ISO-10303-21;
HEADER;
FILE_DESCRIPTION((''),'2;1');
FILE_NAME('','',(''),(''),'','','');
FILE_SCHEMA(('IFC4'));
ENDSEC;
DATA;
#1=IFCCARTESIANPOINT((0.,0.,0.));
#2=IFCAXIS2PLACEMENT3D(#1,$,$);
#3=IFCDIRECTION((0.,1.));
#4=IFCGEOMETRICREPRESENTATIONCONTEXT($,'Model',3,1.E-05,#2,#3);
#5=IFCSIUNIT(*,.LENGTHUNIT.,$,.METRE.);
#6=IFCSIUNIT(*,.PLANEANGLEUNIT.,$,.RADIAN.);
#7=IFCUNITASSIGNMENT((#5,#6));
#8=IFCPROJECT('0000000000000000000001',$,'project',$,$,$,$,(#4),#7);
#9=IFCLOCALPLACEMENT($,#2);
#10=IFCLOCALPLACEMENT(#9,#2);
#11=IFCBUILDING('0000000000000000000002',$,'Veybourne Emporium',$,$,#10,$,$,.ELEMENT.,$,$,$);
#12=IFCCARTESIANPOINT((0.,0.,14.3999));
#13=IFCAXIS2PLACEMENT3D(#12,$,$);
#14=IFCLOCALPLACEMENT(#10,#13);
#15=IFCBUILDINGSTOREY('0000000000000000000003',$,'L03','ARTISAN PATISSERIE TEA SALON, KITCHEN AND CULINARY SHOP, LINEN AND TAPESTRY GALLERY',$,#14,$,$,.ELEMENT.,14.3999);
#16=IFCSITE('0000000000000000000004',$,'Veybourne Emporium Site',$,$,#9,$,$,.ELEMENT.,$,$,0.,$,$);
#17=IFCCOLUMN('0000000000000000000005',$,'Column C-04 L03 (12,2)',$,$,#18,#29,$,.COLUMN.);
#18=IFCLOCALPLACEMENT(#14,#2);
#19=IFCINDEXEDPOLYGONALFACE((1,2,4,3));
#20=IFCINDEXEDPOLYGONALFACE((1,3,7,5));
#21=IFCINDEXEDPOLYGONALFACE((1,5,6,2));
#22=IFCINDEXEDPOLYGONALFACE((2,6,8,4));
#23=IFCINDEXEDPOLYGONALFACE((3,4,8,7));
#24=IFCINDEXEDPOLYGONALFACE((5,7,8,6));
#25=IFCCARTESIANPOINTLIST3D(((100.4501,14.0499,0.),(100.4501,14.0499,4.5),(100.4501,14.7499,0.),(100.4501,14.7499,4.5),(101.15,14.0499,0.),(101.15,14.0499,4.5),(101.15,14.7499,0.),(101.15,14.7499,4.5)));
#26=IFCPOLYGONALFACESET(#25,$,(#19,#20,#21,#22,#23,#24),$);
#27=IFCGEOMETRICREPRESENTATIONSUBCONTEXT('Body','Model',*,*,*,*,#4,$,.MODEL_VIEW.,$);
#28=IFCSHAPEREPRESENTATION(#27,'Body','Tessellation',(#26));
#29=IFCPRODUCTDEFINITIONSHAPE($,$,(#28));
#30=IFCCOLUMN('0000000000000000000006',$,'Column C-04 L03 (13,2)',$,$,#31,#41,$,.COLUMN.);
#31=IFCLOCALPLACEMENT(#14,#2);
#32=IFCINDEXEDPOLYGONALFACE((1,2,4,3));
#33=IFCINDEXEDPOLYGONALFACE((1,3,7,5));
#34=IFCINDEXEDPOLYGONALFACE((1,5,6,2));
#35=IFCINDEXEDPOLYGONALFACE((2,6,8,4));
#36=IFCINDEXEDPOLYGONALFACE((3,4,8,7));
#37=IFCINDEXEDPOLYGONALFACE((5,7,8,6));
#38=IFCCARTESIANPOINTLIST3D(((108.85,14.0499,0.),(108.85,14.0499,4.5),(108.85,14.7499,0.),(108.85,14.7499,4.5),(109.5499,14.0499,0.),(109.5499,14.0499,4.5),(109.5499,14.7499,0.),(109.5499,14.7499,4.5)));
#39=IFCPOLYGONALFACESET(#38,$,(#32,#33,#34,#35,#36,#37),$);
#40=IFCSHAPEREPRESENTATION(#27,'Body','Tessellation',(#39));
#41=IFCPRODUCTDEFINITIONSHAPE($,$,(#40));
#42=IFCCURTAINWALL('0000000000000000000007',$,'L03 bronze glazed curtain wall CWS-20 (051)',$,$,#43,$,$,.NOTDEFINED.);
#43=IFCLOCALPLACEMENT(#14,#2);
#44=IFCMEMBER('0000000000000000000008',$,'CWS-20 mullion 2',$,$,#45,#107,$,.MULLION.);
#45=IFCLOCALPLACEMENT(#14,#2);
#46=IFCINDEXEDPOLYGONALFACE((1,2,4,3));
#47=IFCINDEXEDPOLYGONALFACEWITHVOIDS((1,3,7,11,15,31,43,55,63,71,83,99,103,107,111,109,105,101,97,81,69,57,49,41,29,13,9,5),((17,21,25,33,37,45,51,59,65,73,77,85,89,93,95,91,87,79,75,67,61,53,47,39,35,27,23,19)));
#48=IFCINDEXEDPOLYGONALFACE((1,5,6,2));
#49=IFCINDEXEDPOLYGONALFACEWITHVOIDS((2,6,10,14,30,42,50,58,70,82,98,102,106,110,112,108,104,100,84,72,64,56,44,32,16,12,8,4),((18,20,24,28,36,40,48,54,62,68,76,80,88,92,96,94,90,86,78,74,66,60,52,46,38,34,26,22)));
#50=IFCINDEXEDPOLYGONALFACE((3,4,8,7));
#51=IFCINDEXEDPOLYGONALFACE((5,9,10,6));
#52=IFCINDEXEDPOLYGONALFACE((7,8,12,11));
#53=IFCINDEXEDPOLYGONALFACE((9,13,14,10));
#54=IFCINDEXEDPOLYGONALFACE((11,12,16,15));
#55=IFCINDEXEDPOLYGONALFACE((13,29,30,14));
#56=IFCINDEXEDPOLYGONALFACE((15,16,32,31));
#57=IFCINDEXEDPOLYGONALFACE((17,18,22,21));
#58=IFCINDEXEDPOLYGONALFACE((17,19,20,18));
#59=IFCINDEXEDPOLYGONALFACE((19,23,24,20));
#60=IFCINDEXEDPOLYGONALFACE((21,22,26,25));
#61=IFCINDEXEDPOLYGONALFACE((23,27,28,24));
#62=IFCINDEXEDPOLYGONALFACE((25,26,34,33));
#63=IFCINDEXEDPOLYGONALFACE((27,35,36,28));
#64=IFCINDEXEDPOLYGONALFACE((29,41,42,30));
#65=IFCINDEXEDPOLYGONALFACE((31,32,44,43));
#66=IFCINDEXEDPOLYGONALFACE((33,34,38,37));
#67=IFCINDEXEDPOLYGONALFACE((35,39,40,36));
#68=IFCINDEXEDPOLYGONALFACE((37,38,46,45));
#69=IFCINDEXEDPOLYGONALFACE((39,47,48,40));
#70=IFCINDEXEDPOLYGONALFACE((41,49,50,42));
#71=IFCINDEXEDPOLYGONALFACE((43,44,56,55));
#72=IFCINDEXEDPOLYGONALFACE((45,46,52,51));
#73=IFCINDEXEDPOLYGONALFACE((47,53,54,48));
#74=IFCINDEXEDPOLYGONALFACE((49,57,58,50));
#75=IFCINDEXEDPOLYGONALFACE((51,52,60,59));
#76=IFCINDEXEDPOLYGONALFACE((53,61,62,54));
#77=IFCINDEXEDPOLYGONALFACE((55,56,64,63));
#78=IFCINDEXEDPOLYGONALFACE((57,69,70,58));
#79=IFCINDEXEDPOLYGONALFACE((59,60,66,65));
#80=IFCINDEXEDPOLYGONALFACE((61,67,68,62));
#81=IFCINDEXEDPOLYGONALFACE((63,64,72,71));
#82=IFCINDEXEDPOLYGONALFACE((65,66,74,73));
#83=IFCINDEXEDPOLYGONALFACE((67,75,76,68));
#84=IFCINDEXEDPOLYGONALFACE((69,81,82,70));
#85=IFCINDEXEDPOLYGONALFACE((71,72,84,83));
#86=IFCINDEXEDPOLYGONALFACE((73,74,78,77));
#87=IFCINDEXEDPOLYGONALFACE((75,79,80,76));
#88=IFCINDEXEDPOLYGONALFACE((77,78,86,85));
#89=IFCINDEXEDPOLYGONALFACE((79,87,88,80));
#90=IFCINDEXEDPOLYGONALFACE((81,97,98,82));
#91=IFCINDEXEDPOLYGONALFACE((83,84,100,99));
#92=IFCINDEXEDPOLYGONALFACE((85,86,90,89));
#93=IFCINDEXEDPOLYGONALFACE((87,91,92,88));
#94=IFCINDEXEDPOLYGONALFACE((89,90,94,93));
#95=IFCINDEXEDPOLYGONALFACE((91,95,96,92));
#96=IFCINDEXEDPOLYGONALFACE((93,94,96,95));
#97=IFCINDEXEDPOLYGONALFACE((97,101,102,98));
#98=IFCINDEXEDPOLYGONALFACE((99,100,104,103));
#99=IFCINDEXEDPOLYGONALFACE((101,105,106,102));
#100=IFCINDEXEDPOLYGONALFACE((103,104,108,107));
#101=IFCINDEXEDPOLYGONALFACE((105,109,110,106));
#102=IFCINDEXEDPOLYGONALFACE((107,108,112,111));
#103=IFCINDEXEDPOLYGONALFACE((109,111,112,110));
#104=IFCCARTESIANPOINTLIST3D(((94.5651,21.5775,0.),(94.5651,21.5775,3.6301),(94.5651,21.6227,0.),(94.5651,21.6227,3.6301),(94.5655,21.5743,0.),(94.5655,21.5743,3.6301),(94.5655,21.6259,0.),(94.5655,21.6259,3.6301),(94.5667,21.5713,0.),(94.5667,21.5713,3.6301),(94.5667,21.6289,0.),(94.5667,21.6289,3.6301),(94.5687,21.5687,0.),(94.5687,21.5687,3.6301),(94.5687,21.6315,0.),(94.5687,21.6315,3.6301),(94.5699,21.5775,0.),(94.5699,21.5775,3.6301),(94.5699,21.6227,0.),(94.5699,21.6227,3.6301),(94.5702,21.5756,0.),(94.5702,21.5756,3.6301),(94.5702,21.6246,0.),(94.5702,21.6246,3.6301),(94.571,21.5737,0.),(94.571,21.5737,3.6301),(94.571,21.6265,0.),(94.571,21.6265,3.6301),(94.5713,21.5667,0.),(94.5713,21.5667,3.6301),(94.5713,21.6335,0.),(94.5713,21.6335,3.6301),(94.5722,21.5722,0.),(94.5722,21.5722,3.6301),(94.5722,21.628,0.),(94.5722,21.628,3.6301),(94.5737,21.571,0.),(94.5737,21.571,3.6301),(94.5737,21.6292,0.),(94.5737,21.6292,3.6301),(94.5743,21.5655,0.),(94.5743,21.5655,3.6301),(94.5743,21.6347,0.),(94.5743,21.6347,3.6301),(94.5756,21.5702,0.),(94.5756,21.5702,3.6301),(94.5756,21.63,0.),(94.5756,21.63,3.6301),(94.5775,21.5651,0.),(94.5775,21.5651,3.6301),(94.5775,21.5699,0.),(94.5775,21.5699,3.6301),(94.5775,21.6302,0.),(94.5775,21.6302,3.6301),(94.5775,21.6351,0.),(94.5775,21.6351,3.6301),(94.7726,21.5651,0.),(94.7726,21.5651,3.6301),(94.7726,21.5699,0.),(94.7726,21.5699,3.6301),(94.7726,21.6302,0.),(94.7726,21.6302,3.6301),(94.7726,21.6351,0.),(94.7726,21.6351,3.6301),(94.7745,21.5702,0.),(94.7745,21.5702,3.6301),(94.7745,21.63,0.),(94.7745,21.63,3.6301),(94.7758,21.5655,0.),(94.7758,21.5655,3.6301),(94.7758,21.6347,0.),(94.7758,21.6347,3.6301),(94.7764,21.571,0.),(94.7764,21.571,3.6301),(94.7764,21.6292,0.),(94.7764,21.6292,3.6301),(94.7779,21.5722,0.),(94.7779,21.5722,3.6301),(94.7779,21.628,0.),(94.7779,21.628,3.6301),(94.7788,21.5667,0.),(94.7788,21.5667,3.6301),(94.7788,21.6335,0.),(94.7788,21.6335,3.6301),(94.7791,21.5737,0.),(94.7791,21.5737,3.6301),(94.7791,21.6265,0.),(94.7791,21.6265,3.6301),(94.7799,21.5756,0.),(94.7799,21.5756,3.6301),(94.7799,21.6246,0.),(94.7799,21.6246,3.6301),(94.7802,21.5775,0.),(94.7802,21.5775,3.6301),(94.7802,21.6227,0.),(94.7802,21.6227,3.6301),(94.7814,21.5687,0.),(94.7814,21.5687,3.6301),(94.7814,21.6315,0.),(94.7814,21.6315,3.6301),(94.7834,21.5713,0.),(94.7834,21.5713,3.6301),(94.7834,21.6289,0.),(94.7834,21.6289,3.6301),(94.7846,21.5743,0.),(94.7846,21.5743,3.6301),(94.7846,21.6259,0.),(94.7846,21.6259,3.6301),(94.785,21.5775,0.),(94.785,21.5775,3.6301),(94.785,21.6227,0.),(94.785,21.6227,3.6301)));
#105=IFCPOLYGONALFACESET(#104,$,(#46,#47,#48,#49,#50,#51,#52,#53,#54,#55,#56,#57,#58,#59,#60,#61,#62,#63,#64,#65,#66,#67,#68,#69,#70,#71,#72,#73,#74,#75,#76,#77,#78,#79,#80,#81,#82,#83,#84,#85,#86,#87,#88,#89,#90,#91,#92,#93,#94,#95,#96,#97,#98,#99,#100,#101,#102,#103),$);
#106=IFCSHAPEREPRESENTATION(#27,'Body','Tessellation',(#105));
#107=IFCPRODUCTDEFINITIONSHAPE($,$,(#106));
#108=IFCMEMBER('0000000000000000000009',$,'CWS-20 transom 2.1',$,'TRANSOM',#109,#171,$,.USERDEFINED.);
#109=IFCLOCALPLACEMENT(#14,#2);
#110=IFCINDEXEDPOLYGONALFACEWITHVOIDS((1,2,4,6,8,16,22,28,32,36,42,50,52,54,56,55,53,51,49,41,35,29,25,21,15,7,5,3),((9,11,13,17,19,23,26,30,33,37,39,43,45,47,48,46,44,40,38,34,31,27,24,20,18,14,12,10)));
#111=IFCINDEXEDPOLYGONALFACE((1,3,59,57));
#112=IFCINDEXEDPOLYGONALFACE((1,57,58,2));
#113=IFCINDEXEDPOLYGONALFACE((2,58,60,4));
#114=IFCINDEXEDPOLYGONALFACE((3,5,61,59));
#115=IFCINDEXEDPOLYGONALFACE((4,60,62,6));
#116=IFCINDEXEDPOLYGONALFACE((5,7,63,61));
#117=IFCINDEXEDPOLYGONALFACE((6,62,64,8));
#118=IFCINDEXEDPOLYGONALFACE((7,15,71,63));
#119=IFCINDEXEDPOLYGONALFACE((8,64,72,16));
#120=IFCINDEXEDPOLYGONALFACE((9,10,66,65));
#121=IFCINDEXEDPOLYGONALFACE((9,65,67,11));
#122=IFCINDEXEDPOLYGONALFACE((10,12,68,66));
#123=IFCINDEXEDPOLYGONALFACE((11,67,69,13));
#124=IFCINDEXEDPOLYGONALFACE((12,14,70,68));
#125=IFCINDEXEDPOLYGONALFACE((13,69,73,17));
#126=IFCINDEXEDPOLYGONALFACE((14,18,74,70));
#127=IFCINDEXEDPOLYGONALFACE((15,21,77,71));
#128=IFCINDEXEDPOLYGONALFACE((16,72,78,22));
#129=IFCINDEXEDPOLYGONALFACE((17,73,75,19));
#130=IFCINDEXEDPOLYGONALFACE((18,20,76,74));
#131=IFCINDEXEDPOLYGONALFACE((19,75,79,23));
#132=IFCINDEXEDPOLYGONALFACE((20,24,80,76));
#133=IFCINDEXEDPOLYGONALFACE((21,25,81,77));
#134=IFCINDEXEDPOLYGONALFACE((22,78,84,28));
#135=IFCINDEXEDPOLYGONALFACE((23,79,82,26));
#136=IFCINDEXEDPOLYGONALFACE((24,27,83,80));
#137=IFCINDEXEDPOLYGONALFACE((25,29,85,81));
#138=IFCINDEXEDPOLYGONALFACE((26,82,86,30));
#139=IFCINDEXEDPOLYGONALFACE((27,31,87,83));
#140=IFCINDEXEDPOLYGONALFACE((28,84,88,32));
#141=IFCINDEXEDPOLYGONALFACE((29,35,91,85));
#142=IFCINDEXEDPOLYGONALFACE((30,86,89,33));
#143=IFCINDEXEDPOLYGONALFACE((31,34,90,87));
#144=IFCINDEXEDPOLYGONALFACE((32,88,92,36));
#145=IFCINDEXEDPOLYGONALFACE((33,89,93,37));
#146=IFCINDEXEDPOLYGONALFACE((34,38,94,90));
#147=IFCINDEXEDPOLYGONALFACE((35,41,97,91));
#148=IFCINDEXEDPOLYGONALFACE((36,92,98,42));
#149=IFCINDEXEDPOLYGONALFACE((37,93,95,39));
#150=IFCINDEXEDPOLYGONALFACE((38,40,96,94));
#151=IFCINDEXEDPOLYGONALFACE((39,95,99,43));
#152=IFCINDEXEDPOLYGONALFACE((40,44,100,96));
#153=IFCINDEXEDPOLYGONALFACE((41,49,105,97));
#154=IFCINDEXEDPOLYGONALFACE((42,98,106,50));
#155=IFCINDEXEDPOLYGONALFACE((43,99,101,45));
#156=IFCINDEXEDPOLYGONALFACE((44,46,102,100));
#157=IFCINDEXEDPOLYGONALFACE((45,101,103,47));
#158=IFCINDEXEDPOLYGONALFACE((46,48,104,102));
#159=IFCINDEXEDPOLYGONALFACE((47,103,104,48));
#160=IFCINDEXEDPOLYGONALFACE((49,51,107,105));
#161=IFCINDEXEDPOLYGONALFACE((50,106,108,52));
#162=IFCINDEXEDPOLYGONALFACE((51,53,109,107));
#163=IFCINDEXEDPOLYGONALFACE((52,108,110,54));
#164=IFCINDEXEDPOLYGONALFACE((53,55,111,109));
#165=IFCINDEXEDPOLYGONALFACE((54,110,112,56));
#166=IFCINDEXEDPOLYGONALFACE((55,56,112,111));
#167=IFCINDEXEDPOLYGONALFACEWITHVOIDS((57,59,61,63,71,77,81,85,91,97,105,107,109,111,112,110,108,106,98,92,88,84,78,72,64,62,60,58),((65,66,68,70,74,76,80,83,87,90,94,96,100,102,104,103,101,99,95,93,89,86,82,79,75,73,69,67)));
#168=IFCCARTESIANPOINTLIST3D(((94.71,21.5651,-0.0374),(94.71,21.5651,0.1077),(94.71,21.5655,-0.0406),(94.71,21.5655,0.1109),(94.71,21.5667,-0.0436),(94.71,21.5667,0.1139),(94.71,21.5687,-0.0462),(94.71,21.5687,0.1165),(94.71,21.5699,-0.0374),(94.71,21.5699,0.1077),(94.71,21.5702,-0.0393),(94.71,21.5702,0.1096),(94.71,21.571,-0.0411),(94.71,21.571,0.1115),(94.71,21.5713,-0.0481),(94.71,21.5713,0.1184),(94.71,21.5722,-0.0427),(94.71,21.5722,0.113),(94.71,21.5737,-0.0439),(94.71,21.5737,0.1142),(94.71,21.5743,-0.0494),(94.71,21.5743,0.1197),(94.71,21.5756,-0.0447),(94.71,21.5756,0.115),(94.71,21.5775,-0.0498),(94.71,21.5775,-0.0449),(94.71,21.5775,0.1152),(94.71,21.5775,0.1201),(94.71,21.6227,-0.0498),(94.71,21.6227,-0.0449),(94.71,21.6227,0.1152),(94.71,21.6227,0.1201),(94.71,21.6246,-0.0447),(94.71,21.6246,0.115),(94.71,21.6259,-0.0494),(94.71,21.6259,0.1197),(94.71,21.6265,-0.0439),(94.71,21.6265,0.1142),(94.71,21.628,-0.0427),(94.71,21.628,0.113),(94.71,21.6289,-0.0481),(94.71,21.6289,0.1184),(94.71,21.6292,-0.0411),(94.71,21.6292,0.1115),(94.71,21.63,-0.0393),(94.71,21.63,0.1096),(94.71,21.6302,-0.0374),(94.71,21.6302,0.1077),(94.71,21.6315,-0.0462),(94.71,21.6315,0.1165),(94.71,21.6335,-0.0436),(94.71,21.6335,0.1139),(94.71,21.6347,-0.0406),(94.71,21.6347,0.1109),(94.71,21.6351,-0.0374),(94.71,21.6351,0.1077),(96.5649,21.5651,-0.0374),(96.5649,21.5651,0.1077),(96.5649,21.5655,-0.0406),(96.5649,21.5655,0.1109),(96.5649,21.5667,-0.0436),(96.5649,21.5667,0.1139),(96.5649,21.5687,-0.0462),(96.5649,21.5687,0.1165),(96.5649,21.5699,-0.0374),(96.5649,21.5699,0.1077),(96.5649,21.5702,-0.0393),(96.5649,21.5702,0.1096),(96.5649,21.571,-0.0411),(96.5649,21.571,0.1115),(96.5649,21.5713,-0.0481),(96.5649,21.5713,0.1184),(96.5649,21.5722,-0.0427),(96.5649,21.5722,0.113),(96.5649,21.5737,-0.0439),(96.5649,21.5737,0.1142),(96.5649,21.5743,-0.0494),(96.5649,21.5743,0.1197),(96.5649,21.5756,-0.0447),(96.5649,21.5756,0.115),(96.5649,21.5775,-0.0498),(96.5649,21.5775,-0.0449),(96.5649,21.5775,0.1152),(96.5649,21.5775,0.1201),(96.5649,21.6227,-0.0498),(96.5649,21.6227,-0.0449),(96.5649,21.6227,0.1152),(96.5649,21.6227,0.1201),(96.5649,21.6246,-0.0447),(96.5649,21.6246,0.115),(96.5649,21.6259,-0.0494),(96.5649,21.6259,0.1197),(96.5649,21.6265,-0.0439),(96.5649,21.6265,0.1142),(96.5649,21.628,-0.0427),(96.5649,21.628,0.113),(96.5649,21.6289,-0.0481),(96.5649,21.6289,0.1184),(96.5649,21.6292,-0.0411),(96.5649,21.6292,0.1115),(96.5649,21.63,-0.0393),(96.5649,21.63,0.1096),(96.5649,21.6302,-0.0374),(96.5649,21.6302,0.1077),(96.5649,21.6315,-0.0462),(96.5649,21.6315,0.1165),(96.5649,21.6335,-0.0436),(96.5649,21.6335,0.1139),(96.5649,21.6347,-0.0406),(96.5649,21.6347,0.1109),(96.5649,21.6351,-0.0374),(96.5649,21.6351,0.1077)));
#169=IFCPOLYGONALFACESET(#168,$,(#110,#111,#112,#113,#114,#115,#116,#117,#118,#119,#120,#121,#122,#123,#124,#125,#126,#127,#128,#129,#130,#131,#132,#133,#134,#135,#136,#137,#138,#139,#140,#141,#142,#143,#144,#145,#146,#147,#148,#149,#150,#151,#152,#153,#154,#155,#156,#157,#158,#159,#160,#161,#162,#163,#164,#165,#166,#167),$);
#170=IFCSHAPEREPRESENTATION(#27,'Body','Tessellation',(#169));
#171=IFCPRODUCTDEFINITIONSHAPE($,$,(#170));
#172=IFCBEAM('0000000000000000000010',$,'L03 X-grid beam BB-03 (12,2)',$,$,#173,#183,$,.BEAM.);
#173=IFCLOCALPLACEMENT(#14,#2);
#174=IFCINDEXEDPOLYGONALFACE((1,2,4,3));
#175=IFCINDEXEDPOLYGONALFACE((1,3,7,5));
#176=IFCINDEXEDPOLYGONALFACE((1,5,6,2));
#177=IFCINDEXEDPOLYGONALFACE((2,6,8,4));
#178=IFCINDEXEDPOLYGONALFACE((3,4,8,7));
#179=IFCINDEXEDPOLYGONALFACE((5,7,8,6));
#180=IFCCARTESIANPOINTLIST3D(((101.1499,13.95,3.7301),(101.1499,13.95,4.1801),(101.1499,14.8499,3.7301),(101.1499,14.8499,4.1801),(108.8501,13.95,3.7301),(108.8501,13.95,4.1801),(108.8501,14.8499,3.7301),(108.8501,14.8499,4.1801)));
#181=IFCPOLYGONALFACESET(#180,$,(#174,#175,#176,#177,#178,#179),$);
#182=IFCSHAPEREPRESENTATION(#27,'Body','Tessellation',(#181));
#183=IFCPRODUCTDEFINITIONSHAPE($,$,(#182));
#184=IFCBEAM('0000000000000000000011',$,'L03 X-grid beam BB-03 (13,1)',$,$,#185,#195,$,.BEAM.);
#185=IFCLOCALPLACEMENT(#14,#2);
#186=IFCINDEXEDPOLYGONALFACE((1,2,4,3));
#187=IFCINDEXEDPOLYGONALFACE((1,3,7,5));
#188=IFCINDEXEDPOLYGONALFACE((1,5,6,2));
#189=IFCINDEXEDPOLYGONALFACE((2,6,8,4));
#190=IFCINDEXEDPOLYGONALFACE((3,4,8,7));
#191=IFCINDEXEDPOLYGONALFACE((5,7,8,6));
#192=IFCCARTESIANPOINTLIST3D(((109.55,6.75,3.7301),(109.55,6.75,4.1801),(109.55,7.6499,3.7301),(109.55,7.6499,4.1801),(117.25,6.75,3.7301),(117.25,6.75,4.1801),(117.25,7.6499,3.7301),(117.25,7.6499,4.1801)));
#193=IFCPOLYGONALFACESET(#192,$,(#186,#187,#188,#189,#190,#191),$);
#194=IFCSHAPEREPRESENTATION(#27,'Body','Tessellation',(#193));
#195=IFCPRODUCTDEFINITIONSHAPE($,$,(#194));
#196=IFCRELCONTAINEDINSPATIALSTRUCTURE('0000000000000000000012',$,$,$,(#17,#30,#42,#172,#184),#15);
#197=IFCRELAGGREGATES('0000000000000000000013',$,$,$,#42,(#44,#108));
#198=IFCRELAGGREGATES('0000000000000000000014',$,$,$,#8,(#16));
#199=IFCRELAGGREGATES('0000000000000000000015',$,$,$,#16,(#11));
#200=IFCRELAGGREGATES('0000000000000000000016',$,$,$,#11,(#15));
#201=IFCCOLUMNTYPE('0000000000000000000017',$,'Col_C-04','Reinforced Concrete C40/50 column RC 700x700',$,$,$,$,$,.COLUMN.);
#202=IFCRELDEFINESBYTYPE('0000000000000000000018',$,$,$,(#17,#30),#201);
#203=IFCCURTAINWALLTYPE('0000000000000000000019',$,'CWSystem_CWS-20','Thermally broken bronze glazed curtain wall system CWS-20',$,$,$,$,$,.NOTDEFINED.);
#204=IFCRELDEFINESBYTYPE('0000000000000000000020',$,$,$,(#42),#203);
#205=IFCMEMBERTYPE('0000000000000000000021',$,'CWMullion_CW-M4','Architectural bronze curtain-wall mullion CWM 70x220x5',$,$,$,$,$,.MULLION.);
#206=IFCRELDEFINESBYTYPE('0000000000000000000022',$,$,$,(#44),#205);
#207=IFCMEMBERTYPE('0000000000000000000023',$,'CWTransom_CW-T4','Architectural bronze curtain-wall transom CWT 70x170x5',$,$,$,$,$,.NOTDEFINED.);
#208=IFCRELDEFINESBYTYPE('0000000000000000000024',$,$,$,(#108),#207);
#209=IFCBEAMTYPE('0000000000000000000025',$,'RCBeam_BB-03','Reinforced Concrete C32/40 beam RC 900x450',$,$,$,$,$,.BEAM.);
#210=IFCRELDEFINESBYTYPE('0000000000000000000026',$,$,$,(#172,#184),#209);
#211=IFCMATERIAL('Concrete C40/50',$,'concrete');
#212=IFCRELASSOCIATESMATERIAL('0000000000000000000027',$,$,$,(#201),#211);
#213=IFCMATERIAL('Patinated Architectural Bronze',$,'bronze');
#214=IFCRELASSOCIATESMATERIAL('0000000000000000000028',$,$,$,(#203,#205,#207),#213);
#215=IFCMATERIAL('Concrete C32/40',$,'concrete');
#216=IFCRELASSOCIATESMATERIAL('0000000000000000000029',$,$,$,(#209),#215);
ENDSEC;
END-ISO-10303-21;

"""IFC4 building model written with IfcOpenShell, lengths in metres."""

from ifc_helpers import new_model, si_unit, direction, frame, origin, origin_2d, place, context, subcontext, project, spatial, rectangle, hollow_rectangle, extrude, material, material_profile, profile_set, type_object, element, aggregate, save


model = new_model("IFC4")

# Units and contexts
model_context = context("Model", 3, precision=1e-05, world=origin(), true_north=direction((0.0, 1.0)))
body_context = subcontext(model_context, "Body", "Model", "MODEL_VIEW")
ifc_project = project(units=[si_unit("LENGTHUNIT", "METRE"), si_unit("PLANEANGLEUNIT", "RADIAN")], contexts=[model_context])

# Site, building, storey
site_placement = place(None, origin())
site = spatial("IfcSite", under=ifc_project, at=site_placement, Name="Veybourne Emporium Site", CompositionType="ELEMENT", RefElevation=0.0)
building_placement = place(site_placement, origin())
building = spatial("IfcBuilding", under=site, at=building_placement, Name="Veybourne Emporium", CompositionType="ELEMENT")
storey_placement = place(building_placement, frame((0.0, 0.0, 14.3999)))
storey = spatial("IfcBuildingStorey", under=building, at=storey_placement, Name="L03", Description="ARTISAN PATISSERIE TEA SALON, KITCHEN AND CULINARY SHOP, LINEN AND TAPESTRY GALLERY", CompositionType="ELEMENT", Elevation=14.3999)

# Columns
ifc_material_1 = material(Name="Concrete C40/50", Category="concrete")
ifc_material_profile_1 = material_profile(ifc_material_1, rectangle(XDim=0.7, YDim=0.7, at=origin_2d()), Name="RC 700x700")
ifc_profile_set_1 = profile_set([ifc_material_profile_1], Name="Concrete C40/50")
column_type = type_object("IfcColumnType", Name="Col_C-04", Description="Reinforced Concrete C40/50 column RC 700x700", PredefinedType="COLUMN", material=ifc_profile_set_1)
for number, where, z_axis, x_axis, name in (
    (1, (100.8, 14.3999, 0.0), (0.0, 0.0, 1.0), (1.0, 0.0, 0.0), "Column C-04 L03 (12,2)"),
    (2, (109.2, 14.3999, 0.0), (0.0, 0.0, 1.0), (1.0, 0.0, 0.0), "Column C-04 L03 (13,2)"),
):
    element("IfcColumn", number, at=place(storey_placement, frame(where, z_axis=z_axis, x_axis=x_axis)), inside=storey, type_object=column_type, Name=name, PredefinedType="COLUMN", context=body_context, shape_type="SweptSolid", body=[
        extrude(rectangle(XDim=0.7, YDim=0.7, at=origin_2d()), origin(), (0.0, 0.0, 1.0), 4.5),
    ])

# Curtain wall, members
ifc_material_2 = material(Name="Patinated Architectural Bronze", Category="bronze")
curtain_wall_type = type_object("IfcCurtainWallType", Name="CWSystem_CWS-20", Description="Thermally broken bronze glazed curtain wall system CWS-20", PredefinedType="NOTDEFINED", material=ifc_material_2)
curtain_wall_placement = place(storey_placement, origin())
curtain_wall = element("IfcCurtainWall", 3, at=curtain_wall_placement, inside=storey, type_object=curtain_wall_type, Name="L03 bronze glazed curtain wall CWS-20 (051)", PredefinedType="NOTDEFINED")
ifc_material_profile_2 = material_profile(ifc_material_2, hollow_rectangle(XDim=0.0701, YDim=0.22, WallThickness=0.0049, InnerFilletRadius=0.0076, OuterFilletRadius=0.0125, at=origin_2d()), Name="CWM 70x220x5")
ifc_profile_set_2 = profile_set([ifc_material_profile_2], Name="Patinated Architectural Bronze")
member_type_1 = type_object("IfcMemberType", Name="CWMullion_CW-M4", Description="Architectural bronze curtain-wall mullion CWM 70x220x5", PredefinedType="MULLION", material=ifc_profile_set_2)
member_1_placement = place(storey_placement, frame((94.675, 21.6001, 0.0), z_axis=(0.0, 0.0, 1.0), x_axis=(0.0, 1.0, 0.0)))
member_1 = element("IfcMember", 4, at=member_1_placement, type_object=member_type_1, Name="CWS-20 mullion 2", PredefinedType="MULLION", context=body_context, shape_type="SweptSolid", body=[
    extrude(hollow_rectangle(XDim=0.0701, YDim=0.22, WallThickness=0.0049, InnerFilletRadius=0.0076, OuterFilletRadius=0.0125, at=origin_2d()), origin(), (0.0, 0.0, 1.0), 3.6301),
])
ifc_material_profile_3 = material_profile(ifc_material_2, hollow_rectangle(XDim=0.0701, YDim=0.1699, WallThickness=0.0049, InnerFilletRadius=0.0076, OuterFilletRadius=0.0125, at=origin_2d()), Name="CWT 70x170x5")
ifc_profile_set_3 = profile_set([ifc_material_profile_3], Name="Patinated Architectural Bronze")
member_type_2 = type_object("IfcMemberType", Name="CWTransom_CW-T4", Description="Architectural bronze curtain-wall transom CWT 70x170x5", PredefinedType="NOTDEFINED", material=ifc_profile_set_3)
member_2_placement = place(storey_placement, frame((94.71, 21.6001, 0.0352), z_axis=(1.0, 0.0, 0.0), x_axis=(0.0, 1.0, 0.0)))
member_2 = element("IfcMember", 5, at=member_2_placement, type_object=member_type_2, Name="CWS-20 transom 2.1", ObjectType="TRANSOM", PredefinedType="USERDEFINED", context=body_context, shape_type="SweptSolid", body=[
    extrude(hollow_rectangle(XDim=0.0701, YDim=0.1699, WallThickness=0.0049, InnerFilletRadius=0.0076, OuterFilletRadius=0.0125, at=origin_2d()), origin(), (0.0, 0.0, 1.0), 1.855),
])
aggregate(curtain_wall, [member_1, member_2])

# Beams
ifc_material_3 = material(Name="Concrete C32/40", Category="concrete")
ifc_material_profile_4 = material_profile(ifc_material_3, rectangle(XDim=0.8999, YDim=0.45, at=origin_2d()), Name="RC 900x450")
ifc_profile_set_4 = profile_set([ifc_material_profile_4], Name="Concrete C32/40")
beam_type_1 = type_object("IfcBeamType", Name="RCBeam_BB-03", Description="Reinforced Concrete C32/40 beam RC 900x450", PredefinedType="BEAM", material=ifc_profile_set_4)
beam_placement = place(storey_placement, frame((101.1499, 14.3999, 3.9551), z_axis=(1.0, 0.0, 0.0), x_axis=(0.0, 1.0, 0.0)))
element("IfcBeam", 6, at=beam_placement, inside=storey, type_object=beam_type_1, Name="L03 X-grid beam BB-03 (12,2)", PredefinedType="BEAM", context=body_context, shape_type="SweptSolid", body=[
    extrude(rectangle(XDim=0.8999, YDim=0.45, at=origin_2d()), origin(), (0.0, 0.0, 1.0), 7.7002),
])
for number, where, z_axis, x_axis, name in (
    (7, (109.55, 7.2, 3.9551), (1.0, 0.0, 0.0), (0.0, 1.0, 0.0), "L03 X-grid beam BB-03 (13,1)"),
):
    element("IfcBeam", number, at=place(storey_placement, frame(where, z_axis=z_axis, x_axis=x_axis)), inside=storey, type_object=beam_type_1, Name=name, PredefinedType="BEAM", context=body_context, shape_type="SweptSolid", body=[
        extrude(rectangle(XDim=0.8999, YDim=0.45, at=origin_2d()), origin(), (0.0, 0.0, 1.0), 7.7),
    ])

save(model, "model.ifc")
